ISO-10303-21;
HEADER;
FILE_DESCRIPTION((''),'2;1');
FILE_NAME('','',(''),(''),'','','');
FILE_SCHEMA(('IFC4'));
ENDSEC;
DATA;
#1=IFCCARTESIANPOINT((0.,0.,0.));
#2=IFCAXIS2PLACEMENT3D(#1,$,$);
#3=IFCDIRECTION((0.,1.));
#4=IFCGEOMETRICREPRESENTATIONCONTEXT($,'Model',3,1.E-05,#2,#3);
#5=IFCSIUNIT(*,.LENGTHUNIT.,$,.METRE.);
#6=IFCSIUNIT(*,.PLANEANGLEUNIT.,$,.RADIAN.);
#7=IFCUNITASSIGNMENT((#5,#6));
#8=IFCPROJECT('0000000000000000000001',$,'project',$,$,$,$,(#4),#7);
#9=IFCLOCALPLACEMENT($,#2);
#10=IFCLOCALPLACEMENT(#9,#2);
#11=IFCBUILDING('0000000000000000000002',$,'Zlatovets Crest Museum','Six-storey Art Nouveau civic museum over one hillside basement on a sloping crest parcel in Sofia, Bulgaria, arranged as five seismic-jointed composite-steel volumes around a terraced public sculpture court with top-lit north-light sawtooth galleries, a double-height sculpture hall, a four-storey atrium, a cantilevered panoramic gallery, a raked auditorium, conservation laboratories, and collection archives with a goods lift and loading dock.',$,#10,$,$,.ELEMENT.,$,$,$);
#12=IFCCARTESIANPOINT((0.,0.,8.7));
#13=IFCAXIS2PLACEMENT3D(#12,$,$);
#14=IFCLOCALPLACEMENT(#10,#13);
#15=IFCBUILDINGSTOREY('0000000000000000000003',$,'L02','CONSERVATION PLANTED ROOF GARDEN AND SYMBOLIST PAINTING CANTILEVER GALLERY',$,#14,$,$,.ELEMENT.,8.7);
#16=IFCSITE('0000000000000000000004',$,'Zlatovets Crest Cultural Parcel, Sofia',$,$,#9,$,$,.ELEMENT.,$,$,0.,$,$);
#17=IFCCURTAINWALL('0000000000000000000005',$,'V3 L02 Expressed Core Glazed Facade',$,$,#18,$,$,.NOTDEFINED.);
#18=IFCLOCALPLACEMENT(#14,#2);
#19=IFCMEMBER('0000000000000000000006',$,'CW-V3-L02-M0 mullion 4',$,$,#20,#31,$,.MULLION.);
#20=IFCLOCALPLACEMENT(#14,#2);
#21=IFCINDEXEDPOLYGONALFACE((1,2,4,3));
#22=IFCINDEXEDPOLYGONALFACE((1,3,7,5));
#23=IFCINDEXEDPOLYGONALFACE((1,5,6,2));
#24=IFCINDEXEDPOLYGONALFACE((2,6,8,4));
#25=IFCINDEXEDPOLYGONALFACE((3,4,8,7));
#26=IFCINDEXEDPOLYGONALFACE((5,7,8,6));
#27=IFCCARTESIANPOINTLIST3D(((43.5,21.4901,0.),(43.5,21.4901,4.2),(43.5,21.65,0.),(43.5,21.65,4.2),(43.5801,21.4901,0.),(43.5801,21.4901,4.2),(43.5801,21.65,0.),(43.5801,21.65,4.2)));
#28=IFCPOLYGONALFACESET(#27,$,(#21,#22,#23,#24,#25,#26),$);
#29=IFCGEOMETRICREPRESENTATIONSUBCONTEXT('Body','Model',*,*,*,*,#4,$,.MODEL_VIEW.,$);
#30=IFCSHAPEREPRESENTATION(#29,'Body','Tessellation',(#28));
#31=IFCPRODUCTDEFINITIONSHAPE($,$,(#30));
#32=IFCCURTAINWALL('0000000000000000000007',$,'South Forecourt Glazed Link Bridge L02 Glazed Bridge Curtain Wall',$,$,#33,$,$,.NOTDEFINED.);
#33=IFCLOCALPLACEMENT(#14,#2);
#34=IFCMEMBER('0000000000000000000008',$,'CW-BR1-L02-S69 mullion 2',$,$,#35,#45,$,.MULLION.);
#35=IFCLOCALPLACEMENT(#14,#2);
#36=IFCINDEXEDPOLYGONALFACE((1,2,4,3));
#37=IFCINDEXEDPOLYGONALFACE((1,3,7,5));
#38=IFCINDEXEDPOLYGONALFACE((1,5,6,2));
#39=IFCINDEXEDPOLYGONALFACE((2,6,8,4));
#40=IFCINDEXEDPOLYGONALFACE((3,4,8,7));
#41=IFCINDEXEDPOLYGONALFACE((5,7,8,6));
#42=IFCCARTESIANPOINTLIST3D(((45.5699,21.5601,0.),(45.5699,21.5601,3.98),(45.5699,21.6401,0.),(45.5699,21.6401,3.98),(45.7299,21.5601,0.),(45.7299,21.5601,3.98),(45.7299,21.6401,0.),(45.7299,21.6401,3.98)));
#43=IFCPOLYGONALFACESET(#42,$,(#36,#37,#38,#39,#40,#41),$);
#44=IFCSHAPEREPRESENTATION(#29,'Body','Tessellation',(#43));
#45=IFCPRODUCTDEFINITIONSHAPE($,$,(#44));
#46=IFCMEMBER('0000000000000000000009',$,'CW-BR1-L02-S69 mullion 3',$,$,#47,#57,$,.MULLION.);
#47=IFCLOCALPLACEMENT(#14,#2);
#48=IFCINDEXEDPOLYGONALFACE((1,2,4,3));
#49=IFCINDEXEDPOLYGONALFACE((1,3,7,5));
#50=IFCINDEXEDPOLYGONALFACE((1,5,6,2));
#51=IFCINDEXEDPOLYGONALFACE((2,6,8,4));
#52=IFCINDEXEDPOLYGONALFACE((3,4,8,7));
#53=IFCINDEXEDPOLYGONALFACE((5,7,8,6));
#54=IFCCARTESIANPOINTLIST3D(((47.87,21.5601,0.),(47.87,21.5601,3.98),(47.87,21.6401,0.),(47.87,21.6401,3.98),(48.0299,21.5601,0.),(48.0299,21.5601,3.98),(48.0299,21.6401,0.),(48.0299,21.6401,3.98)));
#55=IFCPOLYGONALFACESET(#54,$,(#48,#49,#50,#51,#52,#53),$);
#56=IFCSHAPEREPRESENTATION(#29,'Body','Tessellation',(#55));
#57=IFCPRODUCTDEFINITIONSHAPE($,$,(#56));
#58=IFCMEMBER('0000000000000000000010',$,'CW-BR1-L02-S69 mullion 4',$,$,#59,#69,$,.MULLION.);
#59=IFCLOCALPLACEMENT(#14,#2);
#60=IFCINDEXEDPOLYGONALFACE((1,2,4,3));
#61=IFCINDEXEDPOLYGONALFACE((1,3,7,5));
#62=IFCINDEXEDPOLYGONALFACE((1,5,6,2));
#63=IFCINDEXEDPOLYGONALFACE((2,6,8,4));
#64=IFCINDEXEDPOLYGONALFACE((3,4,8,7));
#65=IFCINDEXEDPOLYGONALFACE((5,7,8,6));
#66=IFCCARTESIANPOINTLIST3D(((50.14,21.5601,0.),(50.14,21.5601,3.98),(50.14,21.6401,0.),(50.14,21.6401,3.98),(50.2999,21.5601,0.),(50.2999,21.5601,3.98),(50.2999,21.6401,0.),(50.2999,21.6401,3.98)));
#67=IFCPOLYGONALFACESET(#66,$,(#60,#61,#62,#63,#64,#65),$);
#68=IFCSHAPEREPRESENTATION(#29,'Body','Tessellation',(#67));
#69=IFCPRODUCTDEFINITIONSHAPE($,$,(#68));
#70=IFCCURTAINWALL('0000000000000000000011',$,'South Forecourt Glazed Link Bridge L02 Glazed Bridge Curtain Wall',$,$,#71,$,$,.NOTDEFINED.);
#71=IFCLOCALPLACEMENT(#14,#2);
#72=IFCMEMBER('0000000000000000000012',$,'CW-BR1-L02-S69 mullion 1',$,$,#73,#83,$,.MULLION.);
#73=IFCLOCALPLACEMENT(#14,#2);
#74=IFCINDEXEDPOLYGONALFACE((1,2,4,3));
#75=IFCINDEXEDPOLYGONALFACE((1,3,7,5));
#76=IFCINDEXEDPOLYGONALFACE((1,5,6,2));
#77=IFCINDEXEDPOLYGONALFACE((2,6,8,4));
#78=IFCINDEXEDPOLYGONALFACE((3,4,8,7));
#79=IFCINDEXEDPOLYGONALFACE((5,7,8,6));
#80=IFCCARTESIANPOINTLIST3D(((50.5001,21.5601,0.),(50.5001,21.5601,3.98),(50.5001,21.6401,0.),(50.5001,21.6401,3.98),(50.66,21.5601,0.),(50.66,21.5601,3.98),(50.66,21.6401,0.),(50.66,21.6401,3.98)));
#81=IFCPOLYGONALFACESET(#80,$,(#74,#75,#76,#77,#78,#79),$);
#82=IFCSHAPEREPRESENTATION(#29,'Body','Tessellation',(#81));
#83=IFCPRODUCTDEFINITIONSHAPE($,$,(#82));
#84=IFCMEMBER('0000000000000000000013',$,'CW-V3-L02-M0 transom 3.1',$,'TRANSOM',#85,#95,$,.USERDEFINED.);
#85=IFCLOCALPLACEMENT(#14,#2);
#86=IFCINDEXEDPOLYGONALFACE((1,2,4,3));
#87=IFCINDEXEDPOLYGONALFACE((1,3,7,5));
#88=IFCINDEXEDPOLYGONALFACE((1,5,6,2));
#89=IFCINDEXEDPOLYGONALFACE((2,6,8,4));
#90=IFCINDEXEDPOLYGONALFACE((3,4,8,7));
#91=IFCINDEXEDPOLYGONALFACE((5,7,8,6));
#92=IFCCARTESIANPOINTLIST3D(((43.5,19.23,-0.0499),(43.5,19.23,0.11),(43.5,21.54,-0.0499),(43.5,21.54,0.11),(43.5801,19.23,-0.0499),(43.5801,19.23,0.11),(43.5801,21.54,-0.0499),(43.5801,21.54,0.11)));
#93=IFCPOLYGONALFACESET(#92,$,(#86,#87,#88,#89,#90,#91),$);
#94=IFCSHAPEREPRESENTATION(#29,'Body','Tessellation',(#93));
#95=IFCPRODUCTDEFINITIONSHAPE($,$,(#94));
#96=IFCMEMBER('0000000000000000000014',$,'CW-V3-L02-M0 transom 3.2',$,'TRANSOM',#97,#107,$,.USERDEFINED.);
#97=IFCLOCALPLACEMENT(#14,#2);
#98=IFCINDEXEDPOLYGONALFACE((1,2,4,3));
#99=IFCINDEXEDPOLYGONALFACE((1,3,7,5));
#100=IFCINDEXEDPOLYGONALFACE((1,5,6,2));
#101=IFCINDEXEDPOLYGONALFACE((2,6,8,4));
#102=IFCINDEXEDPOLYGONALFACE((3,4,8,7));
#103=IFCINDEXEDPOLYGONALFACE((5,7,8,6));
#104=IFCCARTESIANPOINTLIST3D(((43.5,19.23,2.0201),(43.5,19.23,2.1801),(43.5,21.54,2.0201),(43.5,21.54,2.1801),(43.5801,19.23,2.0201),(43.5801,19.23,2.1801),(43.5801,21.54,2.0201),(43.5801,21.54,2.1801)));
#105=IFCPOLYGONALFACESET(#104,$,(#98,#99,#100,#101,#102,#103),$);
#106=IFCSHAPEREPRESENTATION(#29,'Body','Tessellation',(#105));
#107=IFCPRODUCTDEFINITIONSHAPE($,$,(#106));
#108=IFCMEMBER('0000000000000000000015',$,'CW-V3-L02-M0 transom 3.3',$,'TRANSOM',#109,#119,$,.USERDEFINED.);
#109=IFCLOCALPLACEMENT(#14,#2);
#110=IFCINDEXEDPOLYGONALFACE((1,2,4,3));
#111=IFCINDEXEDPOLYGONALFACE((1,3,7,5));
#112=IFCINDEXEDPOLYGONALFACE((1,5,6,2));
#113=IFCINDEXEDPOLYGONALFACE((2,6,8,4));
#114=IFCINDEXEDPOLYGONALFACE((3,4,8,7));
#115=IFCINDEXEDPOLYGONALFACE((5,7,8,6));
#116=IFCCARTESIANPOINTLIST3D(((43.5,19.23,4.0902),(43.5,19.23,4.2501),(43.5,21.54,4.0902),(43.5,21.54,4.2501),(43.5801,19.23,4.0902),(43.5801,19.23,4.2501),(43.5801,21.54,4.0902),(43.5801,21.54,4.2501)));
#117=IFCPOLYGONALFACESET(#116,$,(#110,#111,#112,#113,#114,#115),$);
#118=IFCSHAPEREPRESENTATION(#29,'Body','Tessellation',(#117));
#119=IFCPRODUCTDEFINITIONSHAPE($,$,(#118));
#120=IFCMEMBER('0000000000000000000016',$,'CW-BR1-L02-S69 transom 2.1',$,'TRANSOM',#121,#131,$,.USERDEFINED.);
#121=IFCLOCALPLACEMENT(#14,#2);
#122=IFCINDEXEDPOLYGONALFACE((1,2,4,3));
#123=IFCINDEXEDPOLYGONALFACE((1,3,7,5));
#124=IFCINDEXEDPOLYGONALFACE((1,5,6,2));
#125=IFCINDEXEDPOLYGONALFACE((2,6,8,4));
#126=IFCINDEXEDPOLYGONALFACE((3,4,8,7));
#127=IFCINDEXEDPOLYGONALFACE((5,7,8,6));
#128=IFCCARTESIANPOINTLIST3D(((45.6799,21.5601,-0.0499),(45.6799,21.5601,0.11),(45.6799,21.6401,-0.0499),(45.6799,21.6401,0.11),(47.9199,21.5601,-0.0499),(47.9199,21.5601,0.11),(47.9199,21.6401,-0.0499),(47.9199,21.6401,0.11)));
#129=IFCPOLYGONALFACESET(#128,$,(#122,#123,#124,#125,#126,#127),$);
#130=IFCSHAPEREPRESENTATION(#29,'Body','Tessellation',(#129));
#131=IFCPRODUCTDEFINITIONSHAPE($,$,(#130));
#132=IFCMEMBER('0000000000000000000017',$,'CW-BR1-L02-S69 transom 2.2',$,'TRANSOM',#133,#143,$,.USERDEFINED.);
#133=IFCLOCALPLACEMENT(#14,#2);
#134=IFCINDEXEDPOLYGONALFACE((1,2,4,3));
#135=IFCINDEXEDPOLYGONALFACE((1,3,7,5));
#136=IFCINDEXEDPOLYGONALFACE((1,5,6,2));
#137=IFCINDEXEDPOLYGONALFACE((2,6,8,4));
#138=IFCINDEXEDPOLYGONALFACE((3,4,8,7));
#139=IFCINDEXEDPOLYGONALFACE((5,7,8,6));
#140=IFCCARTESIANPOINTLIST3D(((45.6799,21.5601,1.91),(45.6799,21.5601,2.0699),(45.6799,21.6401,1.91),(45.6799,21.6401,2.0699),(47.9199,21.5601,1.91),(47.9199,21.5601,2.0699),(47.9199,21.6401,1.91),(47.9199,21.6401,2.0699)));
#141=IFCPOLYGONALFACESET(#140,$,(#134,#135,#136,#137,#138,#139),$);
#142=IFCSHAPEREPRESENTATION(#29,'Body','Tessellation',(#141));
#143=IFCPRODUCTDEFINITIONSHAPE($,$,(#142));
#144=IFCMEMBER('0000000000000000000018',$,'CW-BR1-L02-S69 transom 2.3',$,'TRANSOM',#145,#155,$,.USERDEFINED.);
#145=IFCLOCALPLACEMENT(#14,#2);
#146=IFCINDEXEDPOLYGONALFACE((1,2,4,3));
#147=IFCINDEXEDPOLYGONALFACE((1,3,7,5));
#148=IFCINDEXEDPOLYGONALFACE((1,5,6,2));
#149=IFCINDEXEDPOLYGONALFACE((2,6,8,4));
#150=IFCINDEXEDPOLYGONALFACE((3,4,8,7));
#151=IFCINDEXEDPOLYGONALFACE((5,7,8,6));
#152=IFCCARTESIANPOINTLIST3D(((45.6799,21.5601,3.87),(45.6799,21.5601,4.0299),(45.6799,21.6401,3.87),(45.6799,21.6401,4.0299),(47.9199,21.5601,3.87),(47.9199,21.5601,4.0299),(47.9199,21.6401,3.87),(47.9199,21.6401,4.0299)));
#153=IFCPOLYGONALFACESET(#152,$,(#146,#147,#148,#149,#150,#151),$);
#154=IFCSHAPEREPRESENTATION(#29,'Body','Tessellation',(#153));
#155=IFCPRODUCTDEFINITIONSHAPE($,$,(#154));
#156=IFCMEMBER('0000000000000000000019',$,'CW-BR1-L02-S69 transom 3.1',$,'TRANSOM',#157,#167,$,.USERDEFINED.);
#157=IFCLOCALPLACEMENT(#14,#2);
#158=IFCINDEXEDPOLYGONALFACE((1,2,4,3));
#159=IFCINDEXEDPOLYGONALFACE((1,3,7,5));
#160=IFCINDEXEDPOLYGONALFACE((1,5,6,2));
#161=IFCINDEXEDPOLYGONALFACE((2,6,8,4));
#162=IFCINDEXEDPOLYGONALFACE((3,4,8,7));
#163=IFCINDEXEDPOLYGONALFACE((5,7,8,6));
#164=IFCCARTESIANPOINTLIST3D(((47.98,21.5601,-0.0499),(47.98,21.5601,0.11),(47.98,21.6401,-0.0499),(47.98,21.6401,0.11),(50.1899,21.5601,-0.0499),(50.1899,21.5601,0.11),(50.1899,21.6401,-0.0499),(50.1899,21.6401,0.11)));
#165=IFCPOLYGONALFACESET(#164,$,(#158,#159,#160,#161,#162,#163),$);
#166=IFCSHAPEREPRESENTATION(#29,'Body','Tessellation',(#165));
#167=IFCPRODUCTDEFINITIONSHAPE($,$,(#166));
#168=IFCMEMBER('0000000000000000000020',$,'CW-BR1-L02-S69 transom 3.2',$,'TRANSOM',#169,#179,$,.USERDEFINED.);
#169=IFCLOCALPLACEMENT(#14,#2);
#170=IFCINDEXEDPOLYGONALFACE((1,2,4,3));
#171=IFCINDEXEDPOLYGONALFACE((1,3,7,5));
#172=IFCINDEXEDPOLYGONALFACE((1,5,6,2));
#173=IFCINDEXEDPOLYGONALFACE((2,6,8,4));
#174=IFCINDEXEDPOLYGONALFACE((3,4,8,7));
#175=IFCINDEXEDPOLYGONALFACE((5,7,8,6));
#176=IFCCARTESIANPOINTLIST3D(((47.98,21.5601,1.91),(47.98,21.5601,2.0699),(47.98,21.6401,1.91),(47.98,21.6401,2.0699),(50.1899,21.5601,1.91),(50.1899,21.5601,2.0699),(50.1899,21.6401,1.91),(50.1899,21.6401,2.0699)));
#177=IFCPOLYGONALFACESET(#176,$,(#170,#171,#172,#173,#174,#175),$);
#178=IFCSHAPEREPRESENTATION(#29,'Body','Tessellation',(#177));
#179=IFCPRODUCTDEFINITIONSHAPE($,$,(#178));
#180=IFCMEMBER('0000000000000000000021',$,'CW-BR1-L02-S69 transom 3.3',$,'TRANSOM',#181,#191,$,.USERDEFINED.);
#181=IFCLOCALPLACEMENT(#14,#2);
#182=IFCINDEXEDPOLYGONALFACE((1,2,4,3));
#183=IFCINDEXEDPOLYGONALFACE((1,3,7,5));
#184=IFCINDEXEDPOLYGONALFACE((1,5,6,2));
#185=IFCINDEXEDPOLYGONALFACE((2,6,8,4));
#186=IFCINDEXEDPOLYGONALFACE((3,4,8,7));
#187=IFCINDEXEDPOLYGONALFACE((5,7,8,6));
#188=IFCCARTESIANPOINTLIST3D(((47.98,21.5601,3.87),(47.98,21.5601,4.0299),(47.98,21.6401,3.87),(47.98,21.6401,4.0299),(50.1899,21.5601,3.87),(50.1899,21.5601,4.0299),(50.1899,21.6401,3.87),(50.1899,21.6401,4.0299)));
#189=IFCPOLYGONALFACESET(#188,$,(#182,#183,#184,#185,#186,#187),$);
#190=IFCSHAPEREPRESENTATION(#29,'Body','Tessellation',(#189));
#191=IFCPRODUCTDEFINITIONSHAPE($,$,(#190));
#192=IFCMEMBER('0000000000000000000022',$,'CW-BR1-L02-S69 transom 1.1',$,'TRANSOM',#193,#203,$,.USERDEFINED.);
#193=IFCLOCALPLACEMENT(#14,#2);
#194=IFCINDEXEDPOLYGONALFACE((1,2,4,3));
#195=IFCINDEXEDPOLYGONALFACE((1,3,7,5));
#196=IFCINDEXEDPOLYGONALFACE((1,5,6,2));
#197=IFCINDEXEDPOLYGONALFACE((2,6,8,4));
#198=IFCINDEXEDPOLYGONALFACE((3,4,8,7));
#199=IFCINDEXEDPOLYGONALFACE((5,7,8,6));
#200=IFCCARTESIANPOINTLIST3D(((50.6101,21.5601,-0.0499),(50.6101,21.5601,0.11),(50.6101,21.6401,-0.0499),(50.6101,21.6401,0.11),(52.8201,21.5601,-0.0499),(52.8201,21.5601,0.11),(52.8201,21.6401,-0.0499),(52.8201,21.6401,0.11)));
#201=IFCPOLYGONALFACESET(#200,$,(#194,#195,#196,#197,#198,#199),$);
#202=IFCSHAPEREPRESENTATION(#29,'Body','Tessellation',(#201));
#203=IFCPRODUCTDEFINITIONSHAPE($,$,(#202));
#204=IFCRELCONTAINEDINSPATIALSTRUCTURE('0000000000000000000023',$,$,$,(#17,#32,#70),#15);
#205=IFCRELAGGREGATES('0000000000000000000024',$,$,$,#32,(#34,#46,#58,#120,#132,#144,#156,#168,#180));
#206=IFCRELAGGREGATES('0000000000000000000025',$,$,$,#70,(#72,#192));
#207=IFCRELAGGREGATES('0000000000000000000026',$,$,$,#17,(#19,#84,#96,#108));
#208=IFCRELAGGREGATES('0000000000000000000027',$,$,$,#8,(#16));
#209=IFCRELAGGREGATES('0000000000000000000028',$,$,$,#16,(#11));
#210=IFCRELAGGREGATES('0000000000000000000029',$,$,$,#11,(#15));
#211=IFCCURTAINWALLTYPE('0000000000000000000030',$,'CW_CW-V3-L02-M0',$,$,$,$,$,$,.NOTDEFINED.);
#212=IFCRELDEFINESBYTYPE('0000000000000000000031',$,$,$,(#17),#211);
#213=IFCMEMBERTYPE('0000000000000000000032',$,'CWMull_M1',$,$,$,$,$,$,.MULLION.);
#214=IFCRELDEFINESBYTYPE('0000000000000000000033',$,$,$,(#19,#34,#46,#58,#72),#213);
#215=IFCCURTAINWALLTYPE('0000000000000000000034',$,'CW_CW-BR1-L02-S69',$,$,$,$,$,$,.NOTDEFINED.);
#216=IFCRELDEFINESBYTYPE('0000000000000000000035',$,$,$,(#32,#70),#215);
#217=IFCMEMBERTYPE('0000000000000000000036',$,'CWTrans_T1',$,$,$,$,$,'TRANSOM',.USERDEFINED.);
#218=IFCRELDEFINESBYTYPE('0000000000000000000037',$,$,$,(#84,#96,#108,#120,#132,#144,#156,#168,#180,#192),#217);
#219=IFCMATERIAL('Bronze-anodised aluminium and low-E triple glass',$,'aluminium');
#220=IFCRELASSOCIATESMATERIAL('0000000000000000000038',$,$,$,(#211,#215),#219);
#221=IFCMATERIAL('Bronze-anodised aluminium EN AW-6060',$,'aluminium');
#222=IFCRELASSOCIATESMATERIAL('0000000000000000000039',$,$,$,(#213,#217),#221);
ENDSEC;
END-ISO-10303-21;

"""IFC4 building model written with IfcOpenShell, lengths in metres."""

from ifc_helpers import new_model, si_unit, direction, frame, origin, origin_2d, place, context, subcontext, project, spatial, rectangle, extrude, material, material_profile, profile_set, type_object, element, aggregate, save


model = new_model("IFC4")

# Units and contexts
model_context = context("Model", 3, precision=1e-05, world=origin(), true_north=direction((0.0, 1.0)))
body_context = subcontext(model_context, "Body", "Model", "MODEL_VIEW")
ifc_project = project(units=[si_unit("LENGTHUNIT", "METRE"), si_unit("PLANEANGLEUNIT", "RADIAN")], contexts=[model_context])

# Site, building, storey
site_placement = place(None, origin())
site = spatial("IfcSite", under=ifc_project, at=site_placement, Name="Zlatovets Crest Cultural Parcel, Sofia", CompositionType="ELEMENT", RefElevation=0.0)
building_placement = place(site_placement, origin())
building = spatial("IfcBuilding", under=site, at=building_placement, Name="Zlatovets Crest Museum", Description="Six-storey Art Nouveau civic museum over one hillside basement on a sloping crest parcel in Sofia, Bulgaria, arranged as five seismic-jointed composite-steel volumes around a terraced public sculpture court with top-lit north-light sawtooth galleries, a double-height sculpture hall, a four-storey atrium, a cantilevered panoramic gallery, a raked auditorium, conservation laboratories, and collection archives with a goods lift and loading dock.", CompositionType="ELEMENT")
storey_placement = place(building_placement, frame((0.0, 0.0, 8.7)))
storey = spatial("IfcBuildingStorey", under=building, at=storey_placement, Name="L02", Description="CONSERVATION PLANTED ROOF GARDEN AND SYMBOLIST PAINTING CANTILEVER GALLERY", CompositionType="ELEMENT", Elevation=8.7)

# Curtain walls, members
ifc_material_1 = material(Name="Bronze-anodised aluminium and low-E triple glass", Category="aluminium")
curtain_wall_type_1 = type_object("IfcCurtainWallType", Name="CW_CW-V3-L02-M0", PredefinedType="NOTDEFINED", material=ifc_material_1)
curtain_wall_1_placement = place(storey_placement, origin())
curtain_wall_1 = element("IfcCurtainWall", 1, at=curtain_wall_1_placement, inside=storey, type_object=curtain_wall_type_1, Name="V3 L02 Expressed Core Glazed Facade", PredefinedType="NOTDEFINED")
ifc_material_2 = material(Name="Bronze-anodised aluminium EN AW-6060", Category="aluminium")
ifc_material_profile_1 = material_profile(ifc_material_2, rectangle(XDim=0.0801, YDim=0.1599, at=origin_2d()), Name="ALU 80x160")
ifc_profile_set_1 = profile_set([ifc_material_profile_1], Name="Bronze-anodised aluminium EN AW-6060")
member_type_1 = type_object("IfcMemberType", Name="CWMull_M1", PredefinedType="MULLION", material=ifc_profile_set_1)
member_1_placement = place(storey_placement, frame((43.54, 21.5701, 0.0), z_axis=(0.0, 0.0, 1.0), x_axis=(-1.0, 0.0, 0.0)))
member_1 = element("IfcMember", 2, at=member_1_placement, type_object=member_type_1, Name="CW-V3-L02-M0 mullion 4", PredefinedType="MULLION", context=body_context, shape_type="SweptSolid", body=[
    extrude(rectangle(XDim=0.0801, YDim=0.1599, at=origin_2d()), origin(), (0.0, 0.0, 1.0), 4.2),
])
curtain_wall_type_2 = type_object("IfcCurtainWallType", Name="CW_CW-BR1-L02-S69", PredefinedType="NOTDEFINED", material=ifc_material_1)
curtain_wall_2_placement = place(storey_placement, origin())
curtain_wall_2 = element("IfcCurtainWall", 3, at=curtain_wall_2_placement, inside=storey, type_object=curtain_wall_type_2, Name="South Forecourt Glazed Link Bridge L02 Glazed Bridge Curtain Wall", PredefinedType="NOTDEFINED")
member_2_placement = place(storey_placement, frame((45.6499, 21.6001, 0.0), z_axis=(0.0, 0.0, 1.0), x_axis=(0.0, 1.0, 0.0)))
member_2 = element("IfcMember", 4, at=member_2_placement, type_object=member_type_1, Name="CW-BR1-L02-S69 mullion 2", PredefinedType="MULLION", context=body_context, shape_type="SweptSolid", body=[
    extrude(rectangle(XDim=0.0801, YDim=0.1599, at=origin_2d()), origin(), (0.0, 0.0, 1.0), 3.98),
])
member_3_placement = place(storey_placement, frame((47.95, 21.6001, 0.0), z_axis=(0.0, 0.0, 1.0), x_axis=(0.0, 1.0, 0.0)))
member_3 = element("IfcMember", 5, at=member_3_placement, type_object=member_type_1, Name="CW-BR1-L02-S69 mullion 3", PredefinedType="MULLION", context=body_context, shape_type="SweptSolid", body=[
    extrude(rectangle(XDim=0.0801, YDim=0.1599, at=origin_2d()), origin(), (0.0, 0.0, 1.0), 3.98),
])
member_4_placement = place(storey_placement, frame((50.22, 21.6001, 0.0), z_axis=(0.0, 0.0, 1.0), x_axis=(0.0, 1.0, 0.0)))
member_4 = element("IfcMember", 6, at=member_4_placement, type_object=member_type_1, Name="CW-BR1-L02-S69 mullion 4", PredefinedType="MULLION", context=body_context, shape_type="SweptSolid", body=[
    extrude(rectangle(XDim=0.0801, YDim=0.1599, at=origin_2d()), origin(), (0.0, 0.0, 1.0), 3.98),
])

# Curtain wall, member
curtain_wall_3_placement = place(storey_placement, origin())
curtain_wall_3 = element("IfcCurtainWall", 7, at=curtain_wall_3_placement, inside=storey, type_object=curtain_wall_type_2, Name="South Forecourt Glazed Link Bridge L02 Glazed Bridge Curtain Wall", PredefinedType="NOTDEFINED")
member_5_placement = place(storey_placement, frame((50.5801, 21.6001, 0.0), z_axis=(0.0, 0.0, 1.0), x_axis=(0.0, 1.0, 0.0)))
member_5 = element("IfcMember", 8, at=member_5_placement, type_object=member_type_1, Name="CW-BR1-L02-S69 mullion 1", PredefinedType="MULLION", context=body_context, shape_type="SweptSolid", body=[
    extrude(rectangle(XDim=0.0801, YDim=0.1599, at=origin_2d()), origin(), (0.0, 0.0, 1.0), 3.98),
])

# Members
ifc_material_profile_2 = material_profile(ifc_material_2, rectangle(XDim=0.0801, YDim=0.1599, at=origin_2d()), Name="ALU 80x160")
ifc_profile_set_2 = profile_set([ifc_material_profile_2], Name="Bronze-anodised aluminium EN AW-6060")
member_type_2 = type_object("IfcMemberType", Name="CWTrans_T1", ElementType="TRANSOM", PredefinedType="USERDEFINED", material=ifc_profile_set_2)
member_6_placement = place(storey_placement, frame((43.54, 19.23, 0.03), z_axis=(0.0, 1.0, 0.0), x_axis=(-1.0, 0.0, 0.0)))
member_6 = element("IfcMember", 9, at=member_6_placement, type_object=member_type_2, Name="CW-V3-L02-M0 transom 3.1", ObjectType="TRANSOM", PredefinedType="USERDEFINED", context=body_context, shape_type="SweptSolid", body=[
    extrude(rectangle(XDim=0.0801, YDim=0.1599, at=origin_2d()), origin(), (0.0, 0.0, 1.0), 2.3101),
])
member_7_placement = place(storey_placement, frame((43.54, 19.23, 2.1001), z_axis=(0.0, 1.0, 0.0), x_axis=(-1.0, 0.0, 0.0)))
member_7 = element("IfcMember", 10, at=member_7_placement, type_object=member_type_2, Name="CW-V3-L02-M0 transom 3.2", ObjectType="TRANSOM", PredefinedType="USERDEFINED", context=body_context, shape_type="SweptSolid", body=[
    extrude(rectangle(XDim=0.0801, YDim=0.1599, at=origin_2d()), origin(), (0.0, 0.0, 1.0), 2.3101),
])
member_8_placement = place(storey_placement, frame((43.54, 19.23, 4.1702), z_axis=(0.0, 1.0, 0.0), x_axis=(-1.0, 0.0, 0.0)))
member_8 = element("IfcMember", 11, at=member_8_placement, type_object=member_type_2, Name="CW-V3-L02-M0 transom 3.3", ObjectType="TRANSOM", PredefinedType="USERDEFINED", context=body_context, shape_type="SweptSolid", body=[
    extrude(rectangle(XDim=0.0801, YDim=0.1599, at=origin_2d()), origin(), (0.0, 0.0, 1.0), 2.3101),
])
member_9_placement = place(storey_placement, frame((45.6799, 21.6001, 0.03), z_axis=(1.0, 0.0, 0.0), x_axis=(0.0, 1.0, 0.0)))
member_9 = element("IfcMember", 12, at=member_9_placement, type_object=member_type_2, Name="CW-BR1-L02-S69 transom 2.1", ObjectType="TRANSOM", PredefinedType="USERDEFINED", context=body_context, shape_type="SweptSolid", body=[
    extrude(rectangle(XDim=0.0801, YDim=0.1599, at=origin_2d()), origin(), (0.0, 0.0, 1.0), 2.24),
])
member_10_placement = place(storey_placement, frame((45.6799, 21.6001, 1.99), z_axis=(1.0, 0.0, 0.0), x_axis=(0.0, 1.0, 0.0)))
member_10 = element("IfcMember", 13, at=member_10_placement, type_object=member_type_2, Name="CW-BR1-L02-S69 transom 2.2", ObjectType="TRANSOM", PredefinedType="USERDEFINED", context=body_context, shape_type="SweptSolid", body=[
    extrude(rectangle(XDim=0.0801, YDim=0.1599, at=origin_2d()), origin(), (0.0, 0.0, 1.0), 2.24),
])
member_11_placement = place(storey_placement, frame((45.6799, 21.6001, 3.95), z_axis=(1.0, 0.0, 0.0), x_axis=(0.0, 1.0, 0.0)))
member_11 = element("IfcMember", 14, at=member_11_placement, type_object=member_type_2, Name="CW-BR1-L02-S69 transom 2.3", ObjectType="TRANSOM", PredefinedType="USERDEFINED", context=body_context, shape_type="SweptSolid", body=[
    extrude(rectangle(XDim=0.0801, YDim=0.1599, at=origin_2d()), origin(), (0.0, 0.0, 1.0), 2.24),
])
member_12_placement = place(storey_placement, frame((47.98, 21.6001, 0.03), z_axis=(1.0, 0.0, 0.0), x_axis=(0.0, 1.0, 0.0)))
member_12 = element("IfcMember", 15, at=member_12_placement, type_object=member_type_2, Name="CW-BR1-L02-S69 transom 3.1", ObjectType="TRANSOM", PredefinedType="USERDEFINED", context=body_context, shape_type="SweptSolid", body=[
    extrude(rectangle(XDim=0.0801, YDim=0.1599, at=origin_2d()), origin(), (0.0, 0.0, 1.0), 2.21),
])
member_13_placement = place(storey_placement, frame((47.98, 21.6001, 1.99), z_axis=(1.0, 0.0, 0.0), x_axis=(0.0, 1.0, 0.0)))
member_13 = element("IfcMember", 16, at=member_13_placement, type_object=member_type_2, Name="CW-BR1-L02-S69 transom 3.2", ObjectType="TRANSOM", PredefinedType="USERDEFINED", context=body_context, shape_type="SweptSolid", body=[
    extrude(rectangle(XDim=0.0801, YDim=0.1599, at=origin_2d()), origin(), (0.0, 0.0, 1.0), 2.21),
])
member_14_placement = place(storey_placement, frame((47.98, 21.6001, 3.95), z_axis=(1.0, 0.0, 0.0), x_axis=(0.0, 1.0, 0.0)))
member_14 = element("IfcMember", 17, at=member_14_placement, type_object=member_type_2, Name="CW-BR1-L02-S69 transom 3.3", ObjectType="TRANSOM", PredefinedType="USERDEFINED", context=body_context, shape_type="SweptSolid", body=[
    extrude(rectangle(XDim=0.0801, YDim=0.1599, at=origin_2d()), origin(), (0.0, 0.0, 1.0), 2.21),
])
member_15_placement = place(storey_placement, frame((50.6101, 21.6001, 0.03), z_axis=(1.0, 0.0, 0.0), x_axis=(0.0, 1.0, 0.0)))
member_15 = element("IfcMember", 18, at=member_15_placement, type_object=member_type_2, Name="CW-BR1-L02-S69 transom 1.1", ObjectType="TRANSOM", PredefinedType="USERDEFINED", context=body_context, shape_type="SweptSolid", body=[
    extrude(rectangle(XDim=0.0801, YDim=0.1599, at=origin_2d()), origin(), (0.0, 0.0, 1.0), 2.21),
])

aggregate(curtain_wall_2, [member_2, member_3, member_4, member_9, member_10, member_11, member_12, member_13, member_14])
aggregate(curtain_wall_3, [member_5, member_15])
aggregate(curtain_wall_1, [member_1, member_6, member_7, member_8])

save(model, "model.ifc")
